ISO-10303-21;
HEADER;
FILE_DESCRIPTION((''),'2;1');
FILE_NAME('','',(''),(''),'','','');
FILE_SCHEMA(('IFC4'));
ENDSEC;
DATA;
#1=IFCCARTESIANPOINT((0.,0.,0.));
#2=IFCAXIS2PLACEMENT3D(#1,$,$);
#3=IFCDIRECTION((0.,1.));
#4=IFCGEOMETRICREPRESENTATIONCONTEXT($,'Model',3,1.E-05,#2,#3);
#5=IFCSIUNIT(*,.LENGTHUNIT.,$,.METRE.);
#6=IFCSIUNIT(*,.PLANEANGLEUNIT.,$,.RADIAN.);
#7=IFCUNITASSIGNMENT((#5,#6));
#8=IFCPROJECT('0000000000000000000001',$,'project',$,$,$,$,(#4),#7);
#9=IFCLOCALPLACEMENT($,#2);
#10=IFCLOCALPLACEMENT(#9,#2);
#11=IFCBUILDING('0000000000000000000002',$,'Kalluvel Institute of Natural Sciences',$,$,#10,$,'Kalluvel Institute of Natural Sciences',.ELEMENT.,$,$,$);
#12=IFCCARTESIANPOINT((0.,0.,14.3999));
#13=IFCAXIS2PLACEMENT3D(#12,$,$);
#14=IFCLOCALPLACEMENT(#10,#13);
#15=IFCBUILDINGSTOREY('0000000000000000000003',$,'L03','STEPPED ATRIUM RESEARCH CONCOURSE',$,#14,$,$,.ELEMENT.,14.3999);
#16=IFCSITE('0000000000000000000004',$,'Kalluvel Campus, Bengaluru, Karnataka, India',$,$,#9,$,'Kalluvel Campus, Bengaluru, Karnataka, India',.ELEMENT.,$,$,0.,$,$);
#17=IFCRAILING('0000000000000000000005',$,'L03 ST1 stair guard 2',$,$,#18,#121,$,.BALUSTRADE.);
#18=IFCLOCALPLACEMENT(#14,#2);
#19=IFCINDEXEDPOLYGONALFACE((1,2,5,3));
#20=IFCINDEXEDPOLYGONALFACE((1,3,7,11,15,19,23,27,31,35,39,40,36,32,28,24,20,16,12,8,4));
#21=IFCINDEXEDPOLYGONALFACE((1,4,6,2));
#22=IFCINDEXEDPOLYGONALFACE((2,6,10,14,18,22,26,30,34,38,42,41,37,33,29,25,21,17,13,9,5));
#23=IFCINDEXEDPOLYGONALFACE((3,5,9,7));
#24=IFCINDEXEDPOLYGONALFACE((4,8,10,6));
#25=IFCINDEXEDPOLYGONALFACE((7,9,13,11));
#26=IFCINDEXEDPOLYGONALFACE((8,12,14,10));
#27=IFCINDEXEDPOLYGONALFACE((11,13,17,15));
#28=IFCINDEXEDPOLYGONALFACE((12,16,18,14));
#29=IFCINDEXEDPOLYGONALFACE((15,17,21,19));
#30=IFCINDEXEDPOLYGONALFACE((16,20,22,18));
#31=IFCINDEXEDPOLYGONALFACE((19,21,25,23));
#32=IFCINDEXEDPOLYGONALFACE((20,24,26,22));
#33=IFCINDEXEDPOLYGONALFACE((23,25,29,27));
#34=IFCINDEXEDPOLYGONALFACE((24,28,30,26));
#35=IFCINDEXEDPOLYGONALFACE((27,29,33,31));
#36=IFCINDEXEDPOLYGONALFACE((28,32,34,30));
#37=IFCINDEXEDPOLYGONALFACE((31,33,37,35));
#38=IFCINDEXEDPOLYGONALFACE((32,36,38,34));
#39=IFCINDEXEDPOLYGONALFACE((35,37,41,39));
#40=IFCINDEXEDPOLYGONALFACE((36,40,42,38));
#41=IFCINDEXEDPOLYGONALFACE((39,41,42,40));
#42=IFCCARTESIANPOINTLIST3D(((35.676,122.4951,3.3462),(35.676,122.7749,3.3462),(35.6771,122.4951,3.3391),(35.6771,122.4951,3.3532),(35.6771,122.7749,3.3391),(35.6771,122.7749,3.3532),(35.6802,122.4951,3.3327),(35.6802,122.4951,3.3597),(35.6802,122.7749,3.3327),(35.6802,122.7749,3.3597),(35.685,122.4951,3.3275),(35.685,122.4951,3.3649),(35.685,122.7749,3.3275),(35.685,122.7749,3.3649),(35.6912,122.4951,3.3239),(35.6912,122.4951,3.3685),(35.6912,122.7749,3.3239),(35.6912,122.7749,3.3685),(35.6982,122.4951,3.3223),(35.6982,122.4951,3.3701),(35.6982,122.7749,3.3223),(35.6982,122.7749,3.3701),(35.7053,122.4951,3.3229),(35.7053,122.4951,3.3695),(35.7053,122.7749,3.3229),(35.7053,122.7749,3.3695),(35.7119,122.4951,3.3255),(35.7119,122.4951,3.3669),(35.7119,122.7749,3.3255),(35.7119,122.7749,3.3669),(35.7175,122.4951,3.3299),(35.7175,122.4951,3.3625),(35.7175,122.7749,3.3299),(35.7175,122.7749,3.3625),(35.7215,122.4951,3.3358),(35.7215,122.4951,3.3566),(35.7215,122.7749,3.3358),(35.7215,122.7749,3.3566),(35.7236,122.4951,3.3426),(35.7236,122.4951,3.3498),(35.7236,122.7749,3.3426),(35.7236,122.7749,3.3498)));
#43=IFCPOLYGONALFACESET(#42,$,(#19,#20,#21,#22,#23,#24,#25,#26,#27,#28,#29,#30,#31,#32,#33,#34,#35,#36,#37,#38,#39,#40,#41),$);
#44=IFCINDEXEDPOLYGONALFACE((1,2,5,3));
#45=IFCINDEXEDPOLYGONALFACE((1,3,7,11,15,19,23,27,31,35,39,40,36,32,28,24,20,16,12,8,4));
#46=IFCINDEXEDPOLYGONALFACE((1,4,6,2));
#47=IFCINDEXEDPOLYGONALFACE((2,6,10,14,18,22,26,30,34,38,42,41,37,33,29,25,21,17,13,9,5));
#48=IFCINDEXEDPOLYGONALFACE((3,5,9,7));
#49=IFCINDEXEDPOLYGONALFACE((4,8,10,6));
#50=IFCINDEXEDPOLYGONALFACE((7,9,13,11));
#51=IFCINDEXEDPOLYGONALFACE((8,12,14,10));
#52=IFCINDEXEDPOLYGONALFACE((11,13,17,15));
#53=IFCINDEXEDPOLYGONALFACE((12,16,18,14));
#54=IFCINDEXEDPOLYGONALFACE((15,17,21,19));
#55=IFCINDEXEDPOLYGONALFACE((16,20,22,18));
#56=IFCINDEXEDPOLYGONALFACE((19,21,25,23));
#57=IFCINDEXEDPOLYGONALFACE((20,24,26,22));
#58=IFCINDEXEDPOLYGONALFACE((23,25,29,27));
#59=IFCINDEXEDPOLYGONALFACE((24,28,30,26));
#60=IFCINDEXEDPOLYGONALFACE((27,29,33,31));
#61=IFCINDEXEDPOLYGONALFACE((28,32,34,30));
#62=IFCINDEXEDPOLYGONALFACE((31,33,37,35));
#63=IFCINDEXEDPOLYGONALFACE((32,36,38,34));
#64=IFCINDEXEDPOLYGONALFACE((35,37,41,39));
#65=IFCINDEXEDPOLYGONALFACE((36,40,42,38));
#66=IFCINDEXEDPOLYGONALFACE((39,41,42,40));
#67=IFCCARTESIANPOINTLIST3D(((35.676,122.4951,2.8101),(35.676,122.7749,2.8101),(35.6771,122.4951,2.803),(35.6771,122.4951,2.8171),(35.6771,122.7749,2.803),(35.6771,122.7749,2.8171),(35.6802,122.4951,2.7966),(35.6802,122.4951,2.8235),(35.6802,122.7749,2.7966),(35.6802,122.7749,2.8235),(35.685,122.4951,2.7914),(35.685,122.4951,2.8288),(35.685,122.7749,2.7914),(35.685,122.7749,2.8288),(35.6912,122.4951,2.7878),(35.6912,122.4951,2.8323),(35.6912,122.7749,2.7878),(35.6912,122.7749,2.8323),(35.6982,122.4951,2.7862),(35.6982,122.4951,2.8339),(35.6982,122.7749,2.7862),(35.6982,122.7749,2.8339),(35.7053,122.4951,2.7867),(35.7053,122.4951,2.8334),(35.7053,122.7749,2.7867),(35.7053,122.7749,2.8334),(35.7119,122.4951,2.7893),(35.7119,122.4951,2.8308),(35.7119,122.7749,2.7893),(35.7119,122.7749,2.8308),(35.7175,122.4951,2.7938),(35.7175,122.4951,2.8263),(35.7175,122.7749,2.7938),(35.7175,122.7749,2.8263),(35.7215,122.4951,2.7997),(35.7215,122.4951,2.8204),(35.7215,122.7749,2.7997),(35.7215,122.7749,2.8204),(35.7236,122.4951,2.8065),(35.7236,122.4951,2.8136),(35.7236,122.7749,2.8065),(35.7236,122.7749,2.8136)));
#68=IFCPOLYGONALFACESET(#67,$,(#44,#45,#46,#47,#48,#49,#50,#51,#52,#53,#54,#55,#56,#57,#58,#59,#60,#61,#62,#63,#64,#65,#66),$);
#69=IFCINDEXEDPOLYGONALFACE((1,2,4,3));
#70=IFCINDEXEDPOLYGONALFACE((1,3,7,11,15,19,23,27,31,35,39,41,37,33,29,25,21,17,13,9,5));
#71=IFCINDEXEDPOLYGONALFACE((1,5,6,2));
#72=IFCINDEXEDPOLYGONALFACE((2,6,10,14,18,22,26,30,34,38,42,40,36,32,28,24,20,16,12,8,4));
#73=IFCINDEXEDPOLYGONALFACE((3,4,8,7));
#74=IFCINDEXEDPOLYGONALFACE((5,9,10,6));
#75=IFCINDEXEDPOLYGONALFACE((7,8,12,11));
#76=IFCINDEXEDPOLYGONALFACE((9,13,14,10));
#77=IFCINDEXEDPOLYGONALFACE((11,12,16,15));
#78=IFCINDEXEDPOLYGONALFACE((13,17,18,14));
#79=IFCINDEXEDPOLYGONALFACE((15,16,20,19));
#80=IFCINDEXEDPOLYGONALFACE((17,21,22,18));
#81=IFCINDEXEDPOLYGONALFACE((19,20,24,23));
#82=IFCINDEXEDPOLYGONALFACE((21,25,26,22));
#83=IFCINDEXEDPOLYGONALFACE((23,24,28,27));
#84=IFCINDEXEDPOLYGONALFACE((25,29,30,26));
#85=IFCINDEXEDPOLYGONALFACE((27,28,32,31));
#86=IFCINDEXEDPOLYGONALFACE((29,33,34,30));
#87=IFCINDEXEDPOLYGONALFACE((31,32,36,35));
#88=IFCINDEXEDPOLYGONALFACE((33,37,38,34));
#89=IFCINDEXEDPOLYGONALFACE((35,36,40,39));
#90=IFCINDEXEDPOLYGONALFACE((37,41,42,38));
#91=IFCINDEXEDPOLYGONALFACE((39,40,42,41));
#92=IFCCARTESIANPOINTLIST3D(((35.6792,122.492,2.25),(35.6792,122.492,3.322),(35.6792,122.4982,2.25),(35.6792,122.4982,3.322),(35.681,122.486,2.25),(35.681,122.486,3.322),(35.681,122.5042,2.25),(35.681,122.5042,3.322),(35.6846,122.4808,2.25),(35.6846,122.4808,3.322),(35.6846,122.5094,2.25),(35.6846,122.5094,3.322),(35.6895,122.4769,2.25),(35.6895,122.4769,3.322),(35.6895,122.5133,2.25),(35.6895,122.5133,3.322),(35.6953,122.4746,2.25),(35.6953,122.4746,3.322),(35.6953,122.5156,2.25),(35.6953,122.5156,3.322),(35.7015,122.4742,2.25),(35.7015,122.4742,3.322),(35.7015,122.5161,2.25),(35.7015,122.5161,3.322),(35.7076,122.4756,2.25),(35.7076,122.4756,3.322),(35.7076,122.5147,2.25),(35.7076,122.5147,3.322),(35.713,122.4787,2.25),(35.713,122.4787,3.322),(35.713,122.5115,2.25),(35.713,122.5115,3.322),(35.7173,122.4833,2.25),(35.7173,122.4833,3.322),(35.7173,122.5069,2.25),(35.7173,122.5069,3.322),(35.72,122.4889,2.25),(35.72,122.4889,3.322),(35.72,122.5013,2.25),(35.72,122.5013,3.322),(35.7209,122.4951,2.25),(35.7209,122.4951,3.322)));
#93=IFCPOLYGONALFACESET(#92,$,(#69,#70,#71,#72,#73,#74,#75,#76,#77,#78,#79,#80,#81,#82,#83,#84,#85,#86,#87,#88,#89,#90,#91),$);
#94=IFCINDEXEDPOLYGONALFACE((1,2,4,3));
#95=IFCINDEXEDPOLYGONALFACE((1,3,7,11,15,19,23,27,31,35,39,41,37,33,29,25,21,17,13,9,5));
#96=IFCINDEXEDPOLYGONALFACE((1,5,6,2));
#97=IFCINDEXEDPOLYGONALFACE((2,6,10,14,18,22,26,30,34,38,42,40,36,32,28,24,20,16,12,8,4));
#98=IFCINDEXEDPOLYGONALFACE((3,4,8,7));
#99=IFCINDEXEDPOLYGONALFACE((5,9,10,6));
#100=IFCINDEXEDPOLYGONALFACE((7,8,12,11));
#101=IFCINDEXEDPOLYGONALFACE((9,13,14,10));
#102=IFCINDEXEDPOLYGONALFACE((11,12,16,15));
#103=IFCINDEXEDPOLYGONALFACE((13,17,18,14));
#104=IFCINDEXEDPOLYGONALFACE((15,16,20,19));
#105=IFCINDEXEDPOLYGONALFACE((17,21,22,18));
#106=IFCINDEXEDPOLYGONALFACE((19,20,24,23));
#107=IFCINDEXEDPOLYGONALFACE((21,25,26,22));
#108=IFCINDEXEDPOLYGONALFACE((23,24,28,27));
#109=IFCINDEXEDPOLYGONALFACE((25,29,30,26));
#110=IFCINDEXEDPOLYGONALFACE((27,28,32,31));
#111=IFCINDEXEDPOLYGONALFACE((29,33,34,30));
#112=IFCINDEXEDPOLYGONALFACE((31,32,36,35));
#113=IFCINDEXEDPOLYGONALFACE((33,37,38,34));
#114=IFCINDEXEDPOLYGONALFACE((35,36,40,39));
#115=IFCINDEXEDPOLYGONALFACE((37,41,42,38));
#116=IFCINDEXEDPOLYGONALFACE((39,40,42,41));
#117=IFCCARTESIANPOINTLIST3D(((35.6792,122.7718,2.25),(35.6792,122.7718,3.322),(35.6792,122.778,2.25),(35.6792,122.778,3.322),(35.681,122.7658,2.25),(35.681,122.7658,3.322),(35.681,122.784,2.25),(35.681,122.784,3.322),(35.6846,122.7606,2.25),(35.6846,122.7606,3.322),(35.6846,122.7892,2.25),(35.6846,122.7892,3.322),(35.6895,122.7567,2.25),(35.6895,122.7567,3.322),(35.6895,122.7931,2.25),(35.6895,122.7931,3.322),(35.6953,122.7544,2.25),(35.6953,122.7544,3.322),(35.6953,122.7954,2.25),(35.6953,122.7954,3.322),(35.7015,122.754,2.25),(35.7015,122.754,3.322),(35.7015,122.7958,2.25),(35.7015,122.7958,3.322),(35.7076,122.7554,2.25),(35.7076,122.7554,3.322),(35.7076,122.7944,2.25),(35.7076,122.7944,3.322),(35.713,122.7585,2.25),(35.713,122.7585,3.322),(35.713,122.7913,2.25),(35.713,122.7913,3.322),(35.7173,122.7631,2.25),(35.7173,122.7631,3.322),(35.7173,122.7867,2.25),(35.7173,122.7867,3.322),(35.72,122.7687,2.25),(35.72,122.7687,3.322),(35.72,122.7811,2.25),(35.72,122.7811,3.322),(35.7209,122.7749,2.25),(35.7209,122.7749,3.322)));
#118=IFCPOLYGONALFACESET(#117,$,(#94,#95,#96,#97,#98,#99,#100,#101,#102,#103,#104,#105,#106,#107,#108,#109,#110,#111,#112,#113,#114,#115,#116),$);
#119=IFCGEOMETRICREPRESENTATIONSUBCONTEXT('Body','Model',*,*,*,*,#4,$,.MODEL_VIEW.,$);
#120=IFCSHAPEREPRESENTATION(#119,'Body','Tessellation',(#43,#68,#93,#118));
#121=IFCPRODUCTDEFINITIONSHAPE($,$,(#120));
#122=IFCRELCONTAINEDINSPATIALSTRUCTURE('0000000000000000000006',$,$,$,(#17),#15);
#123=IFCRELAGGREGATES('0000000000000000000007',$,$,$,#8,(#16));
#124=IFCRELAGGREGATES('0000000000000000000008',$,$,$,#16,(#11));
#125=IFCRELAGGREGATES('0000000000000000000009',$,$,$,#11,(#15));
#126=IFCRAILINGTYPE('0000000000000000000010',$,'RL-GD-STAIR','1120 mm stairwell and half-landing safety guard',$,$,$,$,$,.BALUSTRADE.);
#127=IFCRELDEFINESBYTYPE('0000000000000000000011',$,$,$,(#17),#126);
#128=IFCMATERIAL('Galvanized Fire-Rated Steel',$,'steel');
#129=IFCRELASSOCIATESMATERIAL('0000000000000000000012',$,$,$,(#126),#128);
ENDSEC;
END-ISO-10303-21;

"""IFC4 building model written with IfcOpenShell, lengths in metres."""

from ifc_helpers import new_model, si_unit, direction, frame, origin, origin_2d, place, context, subcontext, project, spatial, circle, extrude, material, type_object, element, save


model = new_model("IFC4")

# Units and contexts
model_context = context("Model", 3, precision=1e-05, world=origin(), true_north=direction((0.0, 1.0)))
body_context = subcontext(model_context, "Body", "Model", "MODEL_VIEW")
ifc_project = project(units=[si_unit("LENGTHUNIT", "METRE"), si_unit("PLANEANGLEUNIT", "RADIAN")], contexts=[model_context])

# Site, building, storey
site_placement = place(None, origin())
site = spatial("IfcSite", under=ifc_project, at=site_placement, Name="Kalluvel Campus, Bengaluru, Karnataka, India", LongName="Kalluvel Campus, Bengaluru, Karnataka, India", CompositionType="ELEMENT", RefElevation=0.0)
building_placement = place(site_placement, origin())
building = spatial("IfcBuilding", under=site, at=building_placement, Name="Kalluvel Institute of Natural Sciences", LongName="Kalluvel Institute of Natural Sciences", CompositionType="ELEMENT")
storey_placement = place(building_placement, frame((0.0, 0.0, 14.3999)))
storey = spatial("IfcBuildingStorey", under=building, at=storey_placement, Name="L03", Description="STEPPED ATRIUM RESEARCH CONCOURSE", CompositionType="ELEMENT", Elevation=14.3999)

# Railing
ifc_material_1 = material(Name="Galvanized Fire-Rated Steel", Category="steel")
railing_type_1 = type_object("IfcRailingType", Name="RL-GD-STAIR", Description="1120 mm stairwell and half-landing safety guard", PredefinedType="BALUSTRADE", material=ifc_material_1)
railing_1_placement = place(storey_placement, frame((35.7, 122.4951, 2.25)))
element("IfcRailing", 1, at=railing_1_placement, inside=storey, type_object=railing_type_1, Name="L03 ST1 stair guard 2", PredefinedType="BALUSTRADE", context=body_context, shape_type="SweptSolid", body=[
    extrude(circle(Radius=0.0239, at=origin_2d()), frame((0.0, 0.0, 1.0962), z_axis=(0.0, 1.0, 0.0), x_axis=(-1.0, 0.0, 0.0)), (0.0, 0.0, 1.0), 0.2798),
    extrude(circle(Radius=0.0239, at=origin_2d()), frame((0.0, 0.0, 0.5601), z_axis=(0.0, 1.0, 0.0), x_axis=(-1.0, 0.0, 0.0)), (0.0, 0.0, 1.0), 0.2798),
    extrude(circle(Radius=0.021, at=origin_2d()), origin(), (0.0, 0.0, 1.0), 1.072),
    extrude(circle(Radius=0.021, at=origin_2d()), frame((0.0, 0.2798, 0.0)), (0.0, 0.0, 1.0), 1.072),
])

save(model, "model.ifc")
